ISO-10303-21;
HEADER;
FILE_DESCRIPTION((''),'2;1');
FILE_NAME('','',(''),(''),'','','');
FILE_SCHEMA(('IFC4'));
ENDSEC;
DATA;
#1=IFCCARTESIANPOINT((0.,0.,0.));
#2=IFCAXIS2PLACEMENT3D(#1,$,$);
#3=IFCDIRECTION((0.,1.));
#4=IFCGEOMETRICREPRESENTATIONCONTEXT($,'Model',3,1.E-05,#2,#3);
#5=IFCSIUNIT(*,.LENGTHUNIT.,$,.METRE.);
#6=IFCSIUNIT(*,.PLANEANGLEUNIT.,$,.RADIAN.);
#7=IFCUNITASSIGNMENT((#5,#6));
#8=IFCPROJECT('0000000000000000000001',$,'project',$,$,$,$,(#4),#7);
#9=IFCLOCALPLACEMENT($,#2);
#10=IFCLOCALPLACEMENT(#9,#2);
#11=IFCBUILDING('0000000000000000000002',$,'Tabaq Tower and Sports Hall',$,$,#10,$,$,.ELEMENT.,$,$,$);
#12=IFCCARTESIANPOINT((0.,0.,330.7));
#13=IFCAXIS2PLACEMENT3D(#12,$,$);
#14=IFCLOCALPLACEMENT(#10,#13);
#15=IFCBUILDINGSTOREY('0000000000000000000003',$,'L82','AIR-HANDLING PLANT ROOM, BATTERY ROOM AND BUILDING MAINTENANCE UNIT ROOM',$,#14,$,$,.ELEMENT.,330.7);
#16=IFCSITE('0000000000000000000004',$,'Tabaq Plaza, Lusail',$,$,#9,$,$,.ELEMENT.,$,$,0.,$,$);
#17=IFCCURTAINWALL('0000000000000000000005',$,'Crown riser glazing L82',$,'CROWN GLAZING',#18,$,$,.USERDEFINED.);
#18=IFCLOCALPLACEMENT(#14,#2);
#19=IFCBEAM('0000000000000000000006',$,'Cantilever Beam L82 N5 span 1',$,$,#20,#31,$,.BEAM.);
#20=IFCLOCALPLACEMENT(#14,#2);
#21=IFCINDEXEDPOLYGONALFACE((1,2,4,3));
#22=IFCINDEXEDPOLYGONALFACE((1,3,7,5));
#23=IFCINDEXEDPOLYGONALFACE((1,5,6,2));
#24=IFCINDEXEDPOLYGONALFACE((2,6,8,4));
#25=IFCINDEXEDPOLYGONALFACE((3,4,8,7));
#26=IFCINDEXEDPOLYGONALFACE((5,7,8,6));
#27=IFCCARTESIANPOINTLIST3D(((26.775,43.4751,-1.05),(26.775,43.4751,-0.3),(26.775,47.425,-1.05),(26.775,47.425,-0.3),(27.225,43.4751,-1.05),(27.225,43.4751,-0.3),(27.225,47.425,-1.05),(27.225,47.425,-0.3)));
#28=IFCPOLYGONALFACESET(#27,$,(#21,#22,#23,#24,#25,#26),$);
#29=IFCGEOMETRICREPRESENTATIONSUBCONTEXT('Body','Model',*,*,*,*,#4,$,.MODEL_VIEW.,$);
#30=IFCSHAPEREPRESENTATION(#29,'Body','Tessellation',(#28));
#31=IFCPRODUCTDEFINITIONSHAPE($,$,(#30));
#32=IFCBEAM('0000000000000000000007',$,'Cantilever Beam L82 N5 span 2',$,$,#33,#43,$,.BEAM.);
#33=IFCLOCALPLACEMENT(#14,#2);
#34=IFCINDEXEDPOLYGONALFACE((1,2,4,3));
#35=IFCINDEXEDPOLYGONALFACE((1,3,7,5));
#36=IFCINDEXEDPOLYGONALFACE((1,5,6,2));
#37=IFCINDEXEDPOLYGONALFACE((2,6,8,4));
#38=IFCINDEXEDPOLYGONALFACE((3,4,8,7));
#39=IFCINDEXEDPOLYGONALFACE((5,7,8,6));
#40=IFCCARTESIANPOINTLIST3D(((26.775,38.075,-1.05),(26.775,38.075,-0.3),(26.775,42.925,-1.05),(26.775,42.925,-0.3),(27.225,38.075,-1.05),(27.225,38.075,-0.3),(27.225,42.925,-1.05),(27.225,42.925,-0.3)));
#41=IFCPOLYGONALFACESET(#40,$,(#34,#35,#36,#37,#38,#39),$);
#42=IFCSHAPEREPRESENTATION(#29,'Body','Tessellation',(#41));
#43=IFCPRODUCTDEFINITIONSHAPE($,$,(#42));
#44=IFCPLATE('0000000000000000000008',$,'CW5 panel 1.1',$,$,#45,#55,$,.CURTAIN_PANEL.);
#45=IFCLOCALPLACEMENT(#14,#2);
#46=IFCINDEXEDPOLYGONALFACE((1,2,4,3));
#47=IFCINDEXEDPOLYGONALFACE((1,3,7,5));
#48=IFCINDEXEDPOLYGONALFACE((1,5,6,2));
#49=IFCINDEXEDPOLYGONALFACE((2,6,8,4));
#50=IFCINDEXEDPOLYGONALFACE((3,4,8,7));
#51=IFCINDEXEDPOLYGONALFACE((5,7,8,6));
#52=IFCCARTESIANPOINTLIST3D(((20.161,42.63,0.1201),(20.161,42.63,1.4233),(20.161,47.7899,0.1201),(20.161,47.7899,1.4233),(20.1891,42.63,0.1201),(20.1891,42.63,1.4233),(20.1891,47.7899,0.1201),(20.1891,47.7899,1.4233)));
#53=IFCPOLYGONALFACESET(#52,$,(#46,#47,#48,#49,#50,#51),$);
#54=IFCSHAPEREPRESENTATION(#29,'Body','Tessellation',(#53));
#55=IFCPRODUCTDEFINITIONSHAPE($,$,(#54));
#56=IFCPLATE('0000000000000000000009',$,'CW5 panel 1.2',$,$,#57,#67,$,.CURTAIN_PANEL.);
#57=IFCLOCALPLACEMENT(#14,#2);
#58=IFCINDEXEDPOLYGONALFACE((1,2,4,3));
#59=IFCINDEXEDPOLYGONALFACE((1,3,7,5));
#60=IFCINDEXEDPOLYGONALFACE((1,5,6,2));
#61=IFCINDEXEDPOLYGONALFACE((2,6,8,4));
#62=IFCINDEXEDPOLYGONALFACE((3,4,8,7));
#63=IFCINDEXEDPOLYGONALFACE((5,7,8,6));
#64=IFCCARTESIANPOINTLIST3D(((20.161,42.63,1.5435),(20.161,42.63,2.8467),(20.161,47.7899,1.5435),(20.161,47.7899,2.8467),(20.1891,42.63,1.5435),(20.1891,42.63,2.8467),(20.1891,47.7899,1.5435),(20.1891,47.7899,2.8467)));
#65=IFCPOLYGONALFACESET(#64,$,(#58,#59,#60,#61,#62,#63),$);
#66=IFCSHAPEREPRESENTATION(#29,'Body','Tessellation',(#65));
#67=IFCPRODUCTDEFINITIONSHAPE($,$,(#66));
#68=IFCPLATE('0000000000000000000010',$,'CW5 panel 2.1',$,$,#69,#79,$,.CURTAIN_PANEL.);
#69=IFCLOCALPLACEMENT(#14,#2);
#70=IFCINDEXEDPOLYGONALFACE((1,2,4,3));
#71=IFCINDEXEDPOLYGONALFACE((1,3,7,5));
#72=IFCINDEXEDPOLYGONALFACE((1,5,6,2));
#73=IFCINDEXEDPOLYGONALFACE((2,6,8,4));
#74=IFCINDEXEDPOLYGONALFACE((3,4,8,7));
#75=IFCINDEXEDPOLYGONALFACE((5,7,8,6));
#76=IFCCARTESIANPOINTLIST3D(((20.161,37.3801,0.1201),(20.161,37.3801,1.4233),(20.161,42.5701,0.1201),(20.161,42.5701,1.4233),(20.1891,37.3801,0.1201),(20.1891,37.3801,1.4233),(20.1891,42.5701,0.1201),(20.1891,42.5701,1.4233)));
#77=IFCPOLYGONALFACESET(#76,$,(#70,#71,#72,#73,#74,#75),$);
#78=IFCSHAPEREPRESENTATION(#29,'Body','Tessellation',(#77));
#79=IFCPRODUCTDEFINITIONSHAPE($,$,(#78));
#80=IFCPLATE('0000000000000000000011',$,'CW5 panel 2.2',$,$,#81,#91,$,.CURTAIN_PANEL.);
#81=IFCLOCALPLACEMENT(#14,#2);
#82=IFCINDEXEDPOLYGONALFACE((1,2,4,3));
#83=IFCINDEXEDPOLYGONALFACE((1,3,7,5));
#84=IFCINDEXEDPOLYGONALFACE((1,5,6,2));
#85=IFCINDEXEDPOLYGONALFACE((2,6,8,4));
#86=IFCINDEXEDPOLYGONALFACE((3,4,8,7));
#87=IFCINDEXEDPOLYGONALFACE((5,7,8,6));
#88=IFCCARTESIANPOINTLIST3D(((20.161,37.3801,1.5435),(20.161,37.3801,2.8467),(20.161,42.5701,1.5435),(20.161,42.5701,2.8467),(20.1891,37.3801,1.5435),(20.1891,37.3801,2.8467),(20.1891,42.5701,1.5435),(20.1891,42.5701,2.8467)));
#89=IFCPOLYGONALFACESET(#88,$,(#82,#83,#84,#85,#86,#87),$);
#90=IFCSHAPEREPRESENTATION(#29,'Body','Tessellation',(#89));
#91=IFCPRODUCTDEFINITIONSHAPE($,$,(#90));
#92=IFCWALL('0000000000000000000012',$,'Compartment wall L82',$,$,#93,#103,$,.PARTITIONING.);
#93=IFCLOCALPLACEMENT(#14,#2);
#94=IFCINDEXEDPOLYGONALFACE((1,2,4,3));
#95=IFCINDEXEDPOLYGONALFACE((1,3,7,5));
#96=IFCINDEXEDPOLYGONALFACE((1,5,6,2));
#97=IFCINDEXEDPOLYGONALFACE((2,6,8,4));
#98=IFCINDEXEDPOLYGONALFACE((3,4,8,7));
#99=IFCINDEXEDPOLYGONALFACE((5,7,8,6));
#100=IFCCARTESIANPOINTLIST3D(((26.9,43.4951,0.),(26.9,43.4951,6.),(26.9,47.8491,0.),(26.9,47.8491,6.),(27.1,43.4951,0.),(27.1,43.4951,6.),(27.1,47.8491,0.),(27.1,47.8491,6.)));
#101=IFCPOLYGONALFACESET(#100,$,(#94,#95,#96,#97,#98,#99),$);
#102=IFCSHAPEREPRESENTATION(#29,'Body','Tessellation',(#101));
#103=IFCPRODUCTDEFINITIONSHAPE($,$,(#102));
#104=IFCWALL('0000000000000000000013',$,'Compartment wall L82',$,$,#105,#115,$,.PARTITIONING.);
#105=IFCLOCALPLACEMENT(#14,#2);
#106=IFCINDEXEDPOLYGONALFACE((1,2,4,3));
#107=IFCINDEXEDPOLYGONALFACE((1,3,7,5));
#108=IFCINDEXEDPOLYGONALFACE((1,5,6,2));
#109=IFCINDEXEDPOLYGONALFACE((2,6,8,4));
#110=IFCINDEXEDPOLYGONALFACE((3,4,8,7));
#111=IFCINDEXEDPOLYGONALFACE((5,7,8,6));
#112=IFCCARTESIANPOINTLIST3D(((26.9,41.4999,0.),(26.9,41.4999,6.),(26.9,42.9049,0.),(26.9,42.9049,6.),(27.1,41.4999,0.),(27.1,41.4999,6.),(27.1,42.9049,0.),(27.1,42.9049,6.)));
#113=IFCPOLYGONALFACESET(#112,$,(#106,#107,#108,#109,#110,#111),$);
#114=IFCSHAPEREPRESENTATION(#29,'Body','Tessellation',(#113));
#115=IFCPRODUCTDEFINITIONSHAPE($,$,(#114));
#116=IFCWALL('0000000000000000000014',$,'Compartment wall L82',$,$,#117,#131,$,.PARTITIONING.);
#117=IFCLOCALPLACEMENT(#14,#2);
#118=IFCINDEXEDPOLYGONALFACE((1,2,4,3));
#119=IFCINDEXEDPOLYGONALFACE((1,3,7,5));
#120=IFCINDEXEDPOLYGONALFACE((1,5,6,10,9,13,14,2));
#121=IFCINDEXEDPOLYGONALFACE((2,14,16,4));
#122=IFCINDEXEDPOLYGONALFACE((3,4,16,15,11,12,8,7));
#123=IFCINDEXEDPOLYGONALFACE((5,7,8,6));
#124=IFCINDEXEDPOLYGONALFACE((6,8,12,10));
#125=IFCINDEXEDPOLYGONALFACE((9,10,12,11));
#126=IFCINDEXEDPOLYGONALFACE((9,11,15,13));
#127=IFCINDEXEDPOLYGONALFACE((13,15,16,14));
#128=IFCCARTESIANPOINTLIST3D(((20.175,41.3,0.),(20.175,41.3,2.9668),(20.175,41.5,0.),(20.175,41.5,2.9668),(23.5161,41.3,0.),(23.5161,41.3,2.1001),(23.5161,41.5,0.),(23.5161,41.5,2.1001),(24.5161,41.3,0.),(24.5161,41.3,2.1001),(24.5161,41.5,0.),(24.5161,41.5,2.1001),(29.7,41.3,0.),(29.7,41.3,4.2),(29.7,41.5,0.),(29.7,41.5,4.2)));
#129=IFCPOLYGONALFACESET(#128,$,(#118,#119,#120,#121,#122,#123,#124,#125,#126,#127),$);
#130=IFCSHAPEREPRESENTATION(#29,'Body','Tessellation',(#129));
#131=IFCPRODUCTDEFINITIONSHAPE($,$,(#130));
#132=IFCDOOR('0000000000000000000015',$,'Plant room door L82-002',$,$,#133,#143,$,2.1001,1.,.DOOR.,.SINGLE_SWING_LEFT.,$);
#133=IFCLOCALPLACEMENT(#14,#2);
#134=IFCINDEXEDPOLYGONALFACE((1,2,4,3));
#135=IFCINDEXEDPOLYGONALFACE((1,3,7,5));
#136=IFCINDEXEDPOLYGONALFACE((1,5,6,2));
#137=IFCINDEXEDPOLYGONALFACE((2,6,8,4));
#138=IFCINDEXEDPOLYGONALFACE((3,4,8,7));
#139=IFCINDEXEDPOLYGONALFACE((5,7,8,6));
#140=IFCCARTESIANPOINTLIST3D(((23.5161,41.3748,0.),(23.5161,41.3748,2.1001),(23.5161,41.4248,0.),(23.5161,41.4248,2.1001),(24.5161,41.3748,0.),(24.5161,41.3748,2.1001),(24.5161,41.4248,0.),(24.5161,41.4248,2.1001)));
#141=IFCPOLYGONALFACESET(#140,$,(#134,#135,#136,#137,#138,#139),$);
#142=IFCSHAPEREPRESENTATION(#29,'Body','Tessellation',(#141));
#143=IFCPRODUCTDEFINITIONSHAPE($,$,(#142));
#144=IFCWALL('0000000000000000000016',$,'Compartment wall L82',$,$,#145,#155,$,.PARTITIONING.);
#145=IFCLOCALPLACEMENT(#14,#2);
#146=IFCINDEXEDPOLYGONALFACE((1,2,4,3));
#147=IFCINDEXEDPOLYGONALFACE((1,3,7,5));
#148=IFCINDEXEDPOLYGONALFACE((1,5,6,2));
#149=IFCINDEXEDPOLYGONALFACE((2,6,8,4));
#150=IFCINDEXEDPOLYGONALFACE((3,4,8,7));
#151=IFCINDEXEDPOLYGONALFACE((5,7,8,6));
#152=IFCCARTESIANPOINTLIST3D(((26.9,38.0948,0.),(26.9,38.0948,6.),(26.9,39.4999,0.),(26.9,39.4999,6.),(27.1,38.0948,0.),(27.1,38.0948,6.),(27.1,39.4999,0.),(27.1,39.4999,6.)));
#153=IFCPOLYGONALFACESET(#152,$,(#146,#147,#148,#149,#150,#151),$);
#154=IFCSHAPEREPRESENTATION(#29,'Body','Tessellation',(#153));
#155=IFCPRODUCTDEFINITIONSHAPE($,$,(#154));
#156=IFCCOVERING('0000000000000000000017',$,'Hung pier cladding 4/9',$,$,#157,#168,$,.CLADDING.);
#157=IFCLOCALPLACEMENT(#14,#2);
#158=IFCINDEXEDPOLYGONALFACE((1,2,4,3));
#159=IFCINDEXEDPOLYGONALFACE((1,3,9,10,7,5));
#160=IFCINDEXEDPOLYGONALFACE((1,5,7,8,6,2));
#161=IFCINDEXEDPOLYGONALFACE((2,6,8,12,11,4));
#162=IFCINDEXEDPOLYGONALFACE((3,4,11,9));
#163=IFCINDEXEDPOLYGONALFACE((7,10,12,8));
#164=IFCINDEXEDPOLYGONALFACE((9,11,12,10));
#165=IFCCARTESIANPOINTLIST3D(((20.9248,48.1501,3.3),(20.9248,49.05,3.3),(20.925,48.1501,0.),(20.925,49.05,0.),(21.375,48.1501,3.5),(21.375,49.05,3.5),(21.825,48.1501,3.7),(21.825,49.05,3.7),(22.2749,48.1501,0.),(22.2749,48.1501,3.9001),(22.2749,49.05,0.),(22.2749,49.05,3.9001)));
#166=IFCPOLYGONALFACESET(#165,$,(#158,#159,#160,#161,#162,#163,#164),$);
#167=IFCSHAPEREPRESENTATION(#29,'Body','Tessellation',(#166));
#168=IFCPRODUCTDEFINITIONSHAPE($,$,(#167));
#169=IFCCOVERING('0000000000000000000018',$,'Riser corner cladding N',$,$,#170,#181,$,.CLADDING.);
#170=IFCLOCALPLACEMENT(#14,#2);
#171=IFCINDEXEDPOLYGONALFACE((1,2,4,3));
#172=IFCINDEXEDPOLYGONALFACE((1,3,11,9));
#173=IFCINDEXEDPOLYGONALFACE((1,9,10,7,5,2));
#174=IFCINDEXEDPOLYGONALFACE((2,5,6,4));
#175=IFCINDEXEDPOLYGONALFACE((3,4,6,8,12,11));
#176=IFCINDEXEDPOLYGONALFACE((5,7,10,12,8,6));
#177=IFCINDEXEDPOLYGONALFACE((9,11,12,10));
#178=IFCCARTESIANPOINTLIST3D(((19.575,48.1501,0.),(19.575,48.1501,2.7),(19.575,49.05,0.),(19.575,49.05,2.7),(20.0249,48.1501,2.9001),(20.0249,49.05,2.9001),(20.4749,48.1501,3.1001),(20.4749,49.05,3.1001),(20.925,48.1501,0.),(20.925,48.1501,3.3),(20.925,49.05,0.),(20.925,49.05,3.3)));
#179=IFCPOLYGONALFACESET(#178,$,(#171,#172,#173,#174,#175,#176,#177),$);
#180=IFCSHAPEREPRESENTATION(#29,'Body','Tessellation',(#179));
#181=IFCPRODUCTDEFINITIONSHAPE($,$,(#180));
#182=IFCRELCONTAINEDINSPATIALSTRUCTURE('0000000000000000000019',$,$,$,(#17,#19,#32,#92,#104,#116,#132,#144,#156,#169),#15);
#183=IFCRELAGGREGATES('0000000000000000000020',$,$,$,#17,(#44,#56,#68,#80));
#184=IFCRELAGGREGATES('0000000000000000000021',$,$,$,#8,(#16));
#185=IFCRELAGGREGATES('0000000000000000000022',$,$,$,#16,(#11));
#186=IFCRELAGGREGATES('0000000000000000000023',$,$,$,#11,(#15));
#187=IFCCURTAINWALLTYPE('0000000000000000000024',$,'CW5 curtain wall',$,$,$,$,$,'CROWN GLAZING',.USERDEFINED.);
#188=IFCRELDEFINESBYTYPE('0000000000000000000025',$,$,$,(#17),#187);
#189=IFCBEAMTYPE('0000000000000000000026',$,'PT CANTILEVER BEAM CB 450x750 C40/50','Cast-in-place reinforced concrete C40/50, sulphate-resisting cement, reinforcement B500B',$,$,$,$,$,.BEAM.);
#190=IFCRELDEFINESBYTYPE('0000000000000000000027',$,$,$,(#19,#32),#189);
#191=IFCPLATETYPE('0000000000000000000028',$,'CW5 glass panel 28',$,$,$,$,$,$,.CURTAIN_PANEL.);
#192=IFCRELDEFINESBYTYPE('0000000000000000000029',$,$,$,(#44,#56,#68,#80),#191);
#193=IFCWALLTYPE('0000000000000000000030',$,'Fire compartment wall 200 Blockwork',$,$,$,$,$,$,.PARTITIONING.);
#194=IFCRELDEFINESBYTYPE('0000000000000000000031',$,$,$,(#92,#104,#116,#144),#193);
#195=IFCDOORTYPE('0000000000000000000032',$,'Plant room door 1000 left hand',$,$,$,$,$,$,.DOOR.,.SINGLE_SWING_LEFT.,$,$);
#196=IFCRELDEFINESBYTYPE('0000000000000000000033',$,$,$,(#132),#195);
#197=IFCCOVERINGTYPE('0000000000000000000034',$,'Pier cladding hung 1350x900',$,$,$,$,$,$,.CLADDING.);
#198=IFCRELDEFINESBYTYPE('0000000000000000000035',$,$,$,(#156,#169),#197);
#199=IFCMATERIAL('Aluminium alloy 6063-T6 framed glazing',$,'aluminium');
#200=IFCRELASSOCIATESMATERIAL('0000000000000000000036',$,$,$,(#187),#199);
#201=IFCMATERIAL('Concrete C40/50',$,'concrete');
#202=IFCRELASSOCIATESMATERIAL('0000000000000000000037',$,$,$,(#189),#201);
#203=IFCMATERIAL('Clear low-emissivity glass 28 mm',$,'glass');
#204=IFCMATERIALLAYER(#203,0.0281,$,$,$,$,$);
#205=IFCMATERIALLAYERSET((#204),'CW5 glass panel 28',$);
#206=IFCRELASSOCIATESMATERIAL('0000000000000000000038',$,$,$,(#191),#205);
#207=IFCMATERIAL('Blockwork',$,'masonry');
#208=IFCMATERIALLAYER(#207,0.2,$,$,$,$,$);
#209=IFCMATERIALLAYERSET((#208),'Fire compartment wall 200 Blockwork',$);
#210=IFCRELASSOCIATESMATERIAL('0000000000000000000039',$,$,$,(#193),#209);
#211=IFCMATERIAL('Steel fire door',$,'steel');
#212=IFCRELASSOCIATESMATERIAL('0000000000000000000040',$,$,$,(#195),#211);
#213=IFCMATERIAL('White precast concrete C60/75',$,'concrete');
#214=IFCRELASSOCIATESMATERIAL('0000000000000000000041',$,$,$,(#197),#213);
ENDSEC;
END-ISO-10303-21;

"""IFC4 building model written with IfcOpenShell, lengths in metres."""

from ifc_helpers import new_model, si_unit, direction, frame, frame_2d, origin, origin_2d, place, context, subcontext, project, spatial, polyline, rectangle, outline, extrude, material, layer, layer_set, material_profile, profile_set, type_object, element, fill, aggregate, save


model = new_model("IFC4")

# Units and contexts
model_context = context("Model", 3, precision=1e-05, world=origin(), true_north=direction((0.0, 1.0)))
body_context = subcontext(model_context, "Body", "Model", "MODEL_VIEW")
ifc_project = project(units=[si_unit("LENGTHUNIT", "METRE"), si_unit("PLANEANGLEUNIT", "RADIAN")], contexts=[model_context])

# Site, building, storey
site_placement = place(None, origin())
site = spatial("IfcSite", under=ifc_project, at=site_placement, Name="Tabaq Plaza, Lusail", CompositionType="ELEMENT", RefElevation=0.0)
building_placement = place(site_placement, origin())
building = spatial("IfcBuilding", under=site, at=building_placement, Name="Tabaq Tower and Sports Hall", CompositionType="ELEMENT")
storey_placement = place(building_placement, frame((0.0, 0.0, 330.7)))
storey = spatial("IfcBuildingStorey", under=building, at=storey_placement, Name="L82", Description="AIR-HANDLING PLANT ROOM, BATTERY ROOM AND BUILDING MAINTENANCE UNIT ROOM", CompositionType="ELEMENT", Elevation=330.7)

# Curtain wall
ifc_material_1 = material(Name="Aluminium alloy 6063-T6 framed glazing", Category="aluminium")
curtain_wall_type = type_object("IfcCurtainWallType", Name="CW5 curtain wall", ElementType="CROWN GLAZING", PredefinedType="USERDEFINED", material=ifc_material_1)
curtain_wall_placement = place(storey_placement, origin())
curtain_wall = element("IfcCurtainWall", 1, at=curtain_wall_placement, inside=storey, type_object=curtain_wall_type, Name="Crown riser glazing L82", ObjectType="CROWN GLAZING", PredefinedType="USERDEFINED")

# Beams
ifc_material_2 = material(Name="Concrete C40/50", Category="concrete")
ifc_material_profile_1 = material_profile(ifc_material_2, rectangle(XDim=0.45, YDim=0.75, at=origin_2d()), Name="CB 450x750")
ifc_profile_set_1 = profile_set([ifc_material_profile_1], Name="Concrete C40/50")
beam_type = type_object("IfcBeamType", Name="PT CANTILEVER BEAM CB 450x750 C40/50", Description="Cast-in-place reinforced concrete C40/50, sulphate-resisting cement, reinforcement B500B", PredefinedType="BEAM", material=ifc_profile_set_1)
beam_1_placement = place(storey_placement, frame((27.0, 47.425, -0.675), z_axis=(0.0, -1.0, 0.0), x_axis=(1.0, 0.0, 0.0)))
element("IfcBeam", 2, at=beam_1_placement, inside=storey, type_object=beam_type, Name="Cantilever Beam L82 N5 span 1", PredefinedType="BEAM", context=body_context, shape_type="SweptSolid", body=[
    extrude(rectangle(XDim=0.45, YDim=0.75, at=origin_2d()), origin(), (0.0, 0.0, 1.0), 3.95),
])
beam_2_placement = place(storey_placement, frame((27.0, 42.925, -0.675), z_axis=(0.0, -1.0, 0.0), x_axis=(1.0, 0.0, 0.0)))
element("IfcBeam", 3, at=beam_2_placement, inside=storey, type_object=beam_type, Name="Cantilever Beam L82 N5 span 2", PredefinedType="BEAM", context=body_context, shape_type="SweptSolid", body=[
    extrude(rectangle(XDim=0.45, YDim=0.75, at=origin_2d()), origin(), (0.0, 0.0, 1.0), 4.8501),
])

# Plates
ifc_material_3 = material(Name="Clear low-emissivity glass 28 mm", Category="glass")
ifc_layer_1 = layer(ifc_material_3, 0.0281)
ifc_layer_set_1 = layer_set([ifc_layer_1], Name="CW5 glass panel 28")
plate_type = type_object("IfcPlateType", Name="CW5 glass panel 28", PredefinedType="CURTAIN_PANEL", material=ifc_layer_set_1)
plate_1_placement = place(storey_placement, frame((20.175, 45.21, 0.1201), z_axis=(0.0, 0.0, 1.0), x_axis=(0.0, -1.0, 0.0)))
plate_1 = element("IfcPlate", 4, at=plate_1_placement, type_object=plate_type, Name="CW5 panel 1.1", PredefinedType="CURTAIN_PANEL", context=body_context, shape_type="SweptSolid", body=[
    extrude(rectangle(XDim=5.1599, YDim=0.0281, at=origin_2d()), origin(), (0.0, 0.0, 1.0), 1.3032),
])
plate_2_placement = place(storey_placement, frame((20.175, 45.21, 1.5435), z_axis=(0.0, 0.0, 1.0), x_axis=(0.0, -1.0, 0.0)))
plate_2 = element("IfcPlate", 5, at=plate_2_placement, type_object=plate_type, Name="CW5 panel 1.2", PredefinedType="CURTAIN_PANEL", context=body_context, shape_type="SweptSolid", body=[
    extrude(rectangle(XDim=5.1599, YDim=0.0281, at=origin_2d()), origin(), (0.0, 0.0, 1.0), 1.3032),
])
plate_3_placement = place(storey_placement, frame((20.175, 39.9751, 0.1201), z_axis=(0.0, 0.0, 1.0), x_axis=(0.0, -1.0, 0.0)))
plate_3 = element("IfcPlate", 6, at=plate_3_placement, type_object=plate_type, Name="CW5 panel 2.1", PredefinedType="CURTAIN_PANEL", context=body_context, shape_type="SweptSolid", body=[
    extrude(rectangle(XDim=5.1899, YDim=0.0281, at=origin_2d()), origin(), (0.0, 0.0, 1.0), 1.3032),
])
plate_4_placement = place(storey_placement, frame((20.175, 39.9751, 1.5435), z_axis=(0.0, 0.0, 1.0), x_axis=(0.0, -1.0, 0.0)))
plate_4 = element("IfcPlate", 7, at=plate_4_placement, type_object=plate_type, Name="CW5 panel 2.2", PredefinedType="CURTAIN_PANEL", context=body_context, shape_type="SweptSolid", body=[
    extrude(rectangle(XDim=5.1899, YDim=0.0281, at=origin_2d()), origin(), (0.0, 0.0, 1.0), 1.3032),
])
aggregate(curtain_wall, [plate_1, plate_2, plate_3, plate_4])

# Walls
ifc_material_4 = material(Name="Blockwork", Category="masonry")
ifc_layer_2 = layer(ifc_material_4, 0.2)
ifc_layer_set_2 = layer_set([ifc_layer_2], Name="Fire compartment wall 200 Blockwork")
wall_type = type_object("IfcWallType", Name="Fire compartment wall 200 Blockwork", PredefinedType="PARTITIONING", material=ifc_layer_set_2)
wall_1_placement = place(storey_placement, frame((27.0, 47.8491, 0.0), z_axis=(0.0, 0.0, 1.0), x_axis=(0.0, -1.0, 0.0)))
element("IfcWall", 8, at=wall_1_placement, inside=storey, type_object=wall_type, Name="Compartment wall L82", PredefinedType="PARTITIONING", context=body_context, shape_type="SweptSolid", body=[
    extrude(rectangle(XDim=4.354, YDim=0.2, at=frame_2d((2.177, 0.0))), origin(), (0.0, 0.0, 1.0), 6.0),
])
wall_2_placement = place(storey_placement, frame((27.0, 42.905, 0.0), z_axis=(0.0, 0.0, 1.0), x_axis=(0.0, -1.0, 0.0)))
element("IfcWall", 9, at=wall_2_placement, inside=storey, type_object=wall_type, Name="Compartment wall L82", PredefinedType="PARTITIONING", context=body_context, shape_type="SweptSolid", body=[
    extrude(rectangle(XDim=1.405, YDim=0.2, at=frame_2d((0.7026, 0.0))), origin(), (0.0, 0.0, 1.0), 6.0),
])

# Wall, opening, door
wall_3_placement = place(storey_placement, frame((20.175, 41.3999, 0.0), z_axis=(0.0, 0.0, 1.0), x_axis=(1.0, 0.0, 0.0)))
wall_3 = element("IfcWall", 10, at=wall_3_placement, inside=storey, type_object=wall_type, Name="Compartment wall L82", PredefinedType="PARTITIONING", context=body_context, shape_type="SweptSolid", body=[
    extrude(outline(polyline([(0.0, 0.0), (9.5249, 0.0), (9.5249, 4.2), (0.0, 2.9668), (0.0, 0.0)])), frame((0.0, 0.1001, 0.0), z_axis=(0.0, -1.0, 0.0), x_axis=(1.0, 0.0, 0.0)), (0.0, 0.0, 1.0), 0.2),
])
opening_placement = place(wall_3_placement, frame((3.3411, 0.0, 0.0)))
opening = element("IfcOpeningElement", 11, at=opening_placement, cuts=wall_3, PredefinedType="OPENING", context=body_context, shape_type="SweptSolid", body=[
    extrude(rectangle(XDim=1.0, YDim=2.1001, at=frame_2d((0.5, 1.05))), frame((0.0, 0.1001, 0.0), z_axis=(0.0, -1.0, 0.0), x_axis=(1.0, 0.0, 0.0)), (0.0, 0.0, 1.0), 0.2),
])
ifc_material_5 = material(Name="Steel fire door", Category="steel")
door_type = type_object("IfcDoorType", Name="Plant room door 1000 left hand", OperationType="SINGLE_SWING_LEFT", PredefinedType="DOOR", material=ifc_material_5)
door_placement = place(opening_placement, origin())
door = element("IfcDoor", 12, at=door_placement, inside=storey, type_object=door_type, Name="Plant room door L82-002", OperationType="SINGLE_SWING_LEFT", OverallHeight=2.1001, OverallWidth=1.0, PredefinedType="DOOR", context=body_context, shape_type="SweptSolid", body=[
    extrude(rectangle(XDim=1.0, YDim=2.1001, at=frame_2d((0.5, 1.05))), frame((0.0, 0.0249, 0.0), z_axis=(0.0, -1.0, 0.0), x_axis=(1.0, 0.0, 0.0)), (0.0, 0.0, 1.0), 0.05),
])
fill(opening, door)

# Wall
wall_4_placement = place(storey_placement, frame((27.0, 39.5, 0.0), z_axis=(0.0, 0.0, 1.0), x_axis=(0.0, -1.0, 0.0)))
element("IfcWall", 13, at=wall_4_placement, inside=storey, type_object=wall_type, Name="Compartment wall L82", PredefinedType="PARTITIONING", context=body_context, shape_type="SweptSolid", body=[
    extrude(rectangle(XDim=1.405, YDim=0.2, at=frame_2d((0.7026, 0.0))), origin(), (0.0, 0.0, 1.0), 6.0),
])

# Coverings
ifc_material_6 = material(Name="White precast concrete C60/75", Category="concrete")
covering_type_1 = type_object("IfcCoveringType", Name="Pier cladding hung 1350x900", PredefinedType="CLADDING", material=ifc_material_6)
covering_1_placement = place(storey_placement, frame((22.2749, 48.6001, 0.0), z_axis=(0.0, 0.0, 1.0), x_axis=(-1.0, 0.0, 0.0)))
element("IfcCovering", 14, at=covering_1_placement, inside=storey, type_object=covering_type_1, Name="Hung pier cladding 4/9", PredefinedType="CLADDING", context=body_context, shape_type="SweptSolid", body=[
    extrude(outline(polyline([(0.0, 0.0), (1.3499, 0.0), (1.3501, 3.3), (0.8999, 3.5), (0.45, 3.7), (0.0, 3.9001), (0.0, 0.0)])), frame((0.0, 0.45, 0.0), z_axis=(0.0, -1.0, 0.0), x_axis=(1.0, 0.0, 0.0)), (0.0, 0.0, 1.0), 0.8999),
])
covering_2_placement = place(storey_placement, frame((19.575, 48.6001, 0.0), z_axis=(0.0, 0.0, 1.0), x_axis=(1.0, 0.0, 0.0)))
element("IfcCovering", 15, at=covering_2_placement, inside=storey, type_object=covering_type_1, Name="Riser corner cladding N", PredefinedType="CLADDING", context=body_context, shape_type="SweptSolid", body=[
    extrude(outline(polyline([(0.0, 0.0), (1.3501, 0.0), (1.3501, 3.3), (0.8999, 3.1001), (0.45, 2.9001), (0.0, 2.7), (0.0, 0.0)])), frame((0.0, 0.45, 0.0), z_axis=(0.0, -1.0, 0.0), x_axis=(1.0, 0.0, 0.0)), (0.0, 0.0, 1.0), 0.8999),
])

save(model, "model.ifc")
